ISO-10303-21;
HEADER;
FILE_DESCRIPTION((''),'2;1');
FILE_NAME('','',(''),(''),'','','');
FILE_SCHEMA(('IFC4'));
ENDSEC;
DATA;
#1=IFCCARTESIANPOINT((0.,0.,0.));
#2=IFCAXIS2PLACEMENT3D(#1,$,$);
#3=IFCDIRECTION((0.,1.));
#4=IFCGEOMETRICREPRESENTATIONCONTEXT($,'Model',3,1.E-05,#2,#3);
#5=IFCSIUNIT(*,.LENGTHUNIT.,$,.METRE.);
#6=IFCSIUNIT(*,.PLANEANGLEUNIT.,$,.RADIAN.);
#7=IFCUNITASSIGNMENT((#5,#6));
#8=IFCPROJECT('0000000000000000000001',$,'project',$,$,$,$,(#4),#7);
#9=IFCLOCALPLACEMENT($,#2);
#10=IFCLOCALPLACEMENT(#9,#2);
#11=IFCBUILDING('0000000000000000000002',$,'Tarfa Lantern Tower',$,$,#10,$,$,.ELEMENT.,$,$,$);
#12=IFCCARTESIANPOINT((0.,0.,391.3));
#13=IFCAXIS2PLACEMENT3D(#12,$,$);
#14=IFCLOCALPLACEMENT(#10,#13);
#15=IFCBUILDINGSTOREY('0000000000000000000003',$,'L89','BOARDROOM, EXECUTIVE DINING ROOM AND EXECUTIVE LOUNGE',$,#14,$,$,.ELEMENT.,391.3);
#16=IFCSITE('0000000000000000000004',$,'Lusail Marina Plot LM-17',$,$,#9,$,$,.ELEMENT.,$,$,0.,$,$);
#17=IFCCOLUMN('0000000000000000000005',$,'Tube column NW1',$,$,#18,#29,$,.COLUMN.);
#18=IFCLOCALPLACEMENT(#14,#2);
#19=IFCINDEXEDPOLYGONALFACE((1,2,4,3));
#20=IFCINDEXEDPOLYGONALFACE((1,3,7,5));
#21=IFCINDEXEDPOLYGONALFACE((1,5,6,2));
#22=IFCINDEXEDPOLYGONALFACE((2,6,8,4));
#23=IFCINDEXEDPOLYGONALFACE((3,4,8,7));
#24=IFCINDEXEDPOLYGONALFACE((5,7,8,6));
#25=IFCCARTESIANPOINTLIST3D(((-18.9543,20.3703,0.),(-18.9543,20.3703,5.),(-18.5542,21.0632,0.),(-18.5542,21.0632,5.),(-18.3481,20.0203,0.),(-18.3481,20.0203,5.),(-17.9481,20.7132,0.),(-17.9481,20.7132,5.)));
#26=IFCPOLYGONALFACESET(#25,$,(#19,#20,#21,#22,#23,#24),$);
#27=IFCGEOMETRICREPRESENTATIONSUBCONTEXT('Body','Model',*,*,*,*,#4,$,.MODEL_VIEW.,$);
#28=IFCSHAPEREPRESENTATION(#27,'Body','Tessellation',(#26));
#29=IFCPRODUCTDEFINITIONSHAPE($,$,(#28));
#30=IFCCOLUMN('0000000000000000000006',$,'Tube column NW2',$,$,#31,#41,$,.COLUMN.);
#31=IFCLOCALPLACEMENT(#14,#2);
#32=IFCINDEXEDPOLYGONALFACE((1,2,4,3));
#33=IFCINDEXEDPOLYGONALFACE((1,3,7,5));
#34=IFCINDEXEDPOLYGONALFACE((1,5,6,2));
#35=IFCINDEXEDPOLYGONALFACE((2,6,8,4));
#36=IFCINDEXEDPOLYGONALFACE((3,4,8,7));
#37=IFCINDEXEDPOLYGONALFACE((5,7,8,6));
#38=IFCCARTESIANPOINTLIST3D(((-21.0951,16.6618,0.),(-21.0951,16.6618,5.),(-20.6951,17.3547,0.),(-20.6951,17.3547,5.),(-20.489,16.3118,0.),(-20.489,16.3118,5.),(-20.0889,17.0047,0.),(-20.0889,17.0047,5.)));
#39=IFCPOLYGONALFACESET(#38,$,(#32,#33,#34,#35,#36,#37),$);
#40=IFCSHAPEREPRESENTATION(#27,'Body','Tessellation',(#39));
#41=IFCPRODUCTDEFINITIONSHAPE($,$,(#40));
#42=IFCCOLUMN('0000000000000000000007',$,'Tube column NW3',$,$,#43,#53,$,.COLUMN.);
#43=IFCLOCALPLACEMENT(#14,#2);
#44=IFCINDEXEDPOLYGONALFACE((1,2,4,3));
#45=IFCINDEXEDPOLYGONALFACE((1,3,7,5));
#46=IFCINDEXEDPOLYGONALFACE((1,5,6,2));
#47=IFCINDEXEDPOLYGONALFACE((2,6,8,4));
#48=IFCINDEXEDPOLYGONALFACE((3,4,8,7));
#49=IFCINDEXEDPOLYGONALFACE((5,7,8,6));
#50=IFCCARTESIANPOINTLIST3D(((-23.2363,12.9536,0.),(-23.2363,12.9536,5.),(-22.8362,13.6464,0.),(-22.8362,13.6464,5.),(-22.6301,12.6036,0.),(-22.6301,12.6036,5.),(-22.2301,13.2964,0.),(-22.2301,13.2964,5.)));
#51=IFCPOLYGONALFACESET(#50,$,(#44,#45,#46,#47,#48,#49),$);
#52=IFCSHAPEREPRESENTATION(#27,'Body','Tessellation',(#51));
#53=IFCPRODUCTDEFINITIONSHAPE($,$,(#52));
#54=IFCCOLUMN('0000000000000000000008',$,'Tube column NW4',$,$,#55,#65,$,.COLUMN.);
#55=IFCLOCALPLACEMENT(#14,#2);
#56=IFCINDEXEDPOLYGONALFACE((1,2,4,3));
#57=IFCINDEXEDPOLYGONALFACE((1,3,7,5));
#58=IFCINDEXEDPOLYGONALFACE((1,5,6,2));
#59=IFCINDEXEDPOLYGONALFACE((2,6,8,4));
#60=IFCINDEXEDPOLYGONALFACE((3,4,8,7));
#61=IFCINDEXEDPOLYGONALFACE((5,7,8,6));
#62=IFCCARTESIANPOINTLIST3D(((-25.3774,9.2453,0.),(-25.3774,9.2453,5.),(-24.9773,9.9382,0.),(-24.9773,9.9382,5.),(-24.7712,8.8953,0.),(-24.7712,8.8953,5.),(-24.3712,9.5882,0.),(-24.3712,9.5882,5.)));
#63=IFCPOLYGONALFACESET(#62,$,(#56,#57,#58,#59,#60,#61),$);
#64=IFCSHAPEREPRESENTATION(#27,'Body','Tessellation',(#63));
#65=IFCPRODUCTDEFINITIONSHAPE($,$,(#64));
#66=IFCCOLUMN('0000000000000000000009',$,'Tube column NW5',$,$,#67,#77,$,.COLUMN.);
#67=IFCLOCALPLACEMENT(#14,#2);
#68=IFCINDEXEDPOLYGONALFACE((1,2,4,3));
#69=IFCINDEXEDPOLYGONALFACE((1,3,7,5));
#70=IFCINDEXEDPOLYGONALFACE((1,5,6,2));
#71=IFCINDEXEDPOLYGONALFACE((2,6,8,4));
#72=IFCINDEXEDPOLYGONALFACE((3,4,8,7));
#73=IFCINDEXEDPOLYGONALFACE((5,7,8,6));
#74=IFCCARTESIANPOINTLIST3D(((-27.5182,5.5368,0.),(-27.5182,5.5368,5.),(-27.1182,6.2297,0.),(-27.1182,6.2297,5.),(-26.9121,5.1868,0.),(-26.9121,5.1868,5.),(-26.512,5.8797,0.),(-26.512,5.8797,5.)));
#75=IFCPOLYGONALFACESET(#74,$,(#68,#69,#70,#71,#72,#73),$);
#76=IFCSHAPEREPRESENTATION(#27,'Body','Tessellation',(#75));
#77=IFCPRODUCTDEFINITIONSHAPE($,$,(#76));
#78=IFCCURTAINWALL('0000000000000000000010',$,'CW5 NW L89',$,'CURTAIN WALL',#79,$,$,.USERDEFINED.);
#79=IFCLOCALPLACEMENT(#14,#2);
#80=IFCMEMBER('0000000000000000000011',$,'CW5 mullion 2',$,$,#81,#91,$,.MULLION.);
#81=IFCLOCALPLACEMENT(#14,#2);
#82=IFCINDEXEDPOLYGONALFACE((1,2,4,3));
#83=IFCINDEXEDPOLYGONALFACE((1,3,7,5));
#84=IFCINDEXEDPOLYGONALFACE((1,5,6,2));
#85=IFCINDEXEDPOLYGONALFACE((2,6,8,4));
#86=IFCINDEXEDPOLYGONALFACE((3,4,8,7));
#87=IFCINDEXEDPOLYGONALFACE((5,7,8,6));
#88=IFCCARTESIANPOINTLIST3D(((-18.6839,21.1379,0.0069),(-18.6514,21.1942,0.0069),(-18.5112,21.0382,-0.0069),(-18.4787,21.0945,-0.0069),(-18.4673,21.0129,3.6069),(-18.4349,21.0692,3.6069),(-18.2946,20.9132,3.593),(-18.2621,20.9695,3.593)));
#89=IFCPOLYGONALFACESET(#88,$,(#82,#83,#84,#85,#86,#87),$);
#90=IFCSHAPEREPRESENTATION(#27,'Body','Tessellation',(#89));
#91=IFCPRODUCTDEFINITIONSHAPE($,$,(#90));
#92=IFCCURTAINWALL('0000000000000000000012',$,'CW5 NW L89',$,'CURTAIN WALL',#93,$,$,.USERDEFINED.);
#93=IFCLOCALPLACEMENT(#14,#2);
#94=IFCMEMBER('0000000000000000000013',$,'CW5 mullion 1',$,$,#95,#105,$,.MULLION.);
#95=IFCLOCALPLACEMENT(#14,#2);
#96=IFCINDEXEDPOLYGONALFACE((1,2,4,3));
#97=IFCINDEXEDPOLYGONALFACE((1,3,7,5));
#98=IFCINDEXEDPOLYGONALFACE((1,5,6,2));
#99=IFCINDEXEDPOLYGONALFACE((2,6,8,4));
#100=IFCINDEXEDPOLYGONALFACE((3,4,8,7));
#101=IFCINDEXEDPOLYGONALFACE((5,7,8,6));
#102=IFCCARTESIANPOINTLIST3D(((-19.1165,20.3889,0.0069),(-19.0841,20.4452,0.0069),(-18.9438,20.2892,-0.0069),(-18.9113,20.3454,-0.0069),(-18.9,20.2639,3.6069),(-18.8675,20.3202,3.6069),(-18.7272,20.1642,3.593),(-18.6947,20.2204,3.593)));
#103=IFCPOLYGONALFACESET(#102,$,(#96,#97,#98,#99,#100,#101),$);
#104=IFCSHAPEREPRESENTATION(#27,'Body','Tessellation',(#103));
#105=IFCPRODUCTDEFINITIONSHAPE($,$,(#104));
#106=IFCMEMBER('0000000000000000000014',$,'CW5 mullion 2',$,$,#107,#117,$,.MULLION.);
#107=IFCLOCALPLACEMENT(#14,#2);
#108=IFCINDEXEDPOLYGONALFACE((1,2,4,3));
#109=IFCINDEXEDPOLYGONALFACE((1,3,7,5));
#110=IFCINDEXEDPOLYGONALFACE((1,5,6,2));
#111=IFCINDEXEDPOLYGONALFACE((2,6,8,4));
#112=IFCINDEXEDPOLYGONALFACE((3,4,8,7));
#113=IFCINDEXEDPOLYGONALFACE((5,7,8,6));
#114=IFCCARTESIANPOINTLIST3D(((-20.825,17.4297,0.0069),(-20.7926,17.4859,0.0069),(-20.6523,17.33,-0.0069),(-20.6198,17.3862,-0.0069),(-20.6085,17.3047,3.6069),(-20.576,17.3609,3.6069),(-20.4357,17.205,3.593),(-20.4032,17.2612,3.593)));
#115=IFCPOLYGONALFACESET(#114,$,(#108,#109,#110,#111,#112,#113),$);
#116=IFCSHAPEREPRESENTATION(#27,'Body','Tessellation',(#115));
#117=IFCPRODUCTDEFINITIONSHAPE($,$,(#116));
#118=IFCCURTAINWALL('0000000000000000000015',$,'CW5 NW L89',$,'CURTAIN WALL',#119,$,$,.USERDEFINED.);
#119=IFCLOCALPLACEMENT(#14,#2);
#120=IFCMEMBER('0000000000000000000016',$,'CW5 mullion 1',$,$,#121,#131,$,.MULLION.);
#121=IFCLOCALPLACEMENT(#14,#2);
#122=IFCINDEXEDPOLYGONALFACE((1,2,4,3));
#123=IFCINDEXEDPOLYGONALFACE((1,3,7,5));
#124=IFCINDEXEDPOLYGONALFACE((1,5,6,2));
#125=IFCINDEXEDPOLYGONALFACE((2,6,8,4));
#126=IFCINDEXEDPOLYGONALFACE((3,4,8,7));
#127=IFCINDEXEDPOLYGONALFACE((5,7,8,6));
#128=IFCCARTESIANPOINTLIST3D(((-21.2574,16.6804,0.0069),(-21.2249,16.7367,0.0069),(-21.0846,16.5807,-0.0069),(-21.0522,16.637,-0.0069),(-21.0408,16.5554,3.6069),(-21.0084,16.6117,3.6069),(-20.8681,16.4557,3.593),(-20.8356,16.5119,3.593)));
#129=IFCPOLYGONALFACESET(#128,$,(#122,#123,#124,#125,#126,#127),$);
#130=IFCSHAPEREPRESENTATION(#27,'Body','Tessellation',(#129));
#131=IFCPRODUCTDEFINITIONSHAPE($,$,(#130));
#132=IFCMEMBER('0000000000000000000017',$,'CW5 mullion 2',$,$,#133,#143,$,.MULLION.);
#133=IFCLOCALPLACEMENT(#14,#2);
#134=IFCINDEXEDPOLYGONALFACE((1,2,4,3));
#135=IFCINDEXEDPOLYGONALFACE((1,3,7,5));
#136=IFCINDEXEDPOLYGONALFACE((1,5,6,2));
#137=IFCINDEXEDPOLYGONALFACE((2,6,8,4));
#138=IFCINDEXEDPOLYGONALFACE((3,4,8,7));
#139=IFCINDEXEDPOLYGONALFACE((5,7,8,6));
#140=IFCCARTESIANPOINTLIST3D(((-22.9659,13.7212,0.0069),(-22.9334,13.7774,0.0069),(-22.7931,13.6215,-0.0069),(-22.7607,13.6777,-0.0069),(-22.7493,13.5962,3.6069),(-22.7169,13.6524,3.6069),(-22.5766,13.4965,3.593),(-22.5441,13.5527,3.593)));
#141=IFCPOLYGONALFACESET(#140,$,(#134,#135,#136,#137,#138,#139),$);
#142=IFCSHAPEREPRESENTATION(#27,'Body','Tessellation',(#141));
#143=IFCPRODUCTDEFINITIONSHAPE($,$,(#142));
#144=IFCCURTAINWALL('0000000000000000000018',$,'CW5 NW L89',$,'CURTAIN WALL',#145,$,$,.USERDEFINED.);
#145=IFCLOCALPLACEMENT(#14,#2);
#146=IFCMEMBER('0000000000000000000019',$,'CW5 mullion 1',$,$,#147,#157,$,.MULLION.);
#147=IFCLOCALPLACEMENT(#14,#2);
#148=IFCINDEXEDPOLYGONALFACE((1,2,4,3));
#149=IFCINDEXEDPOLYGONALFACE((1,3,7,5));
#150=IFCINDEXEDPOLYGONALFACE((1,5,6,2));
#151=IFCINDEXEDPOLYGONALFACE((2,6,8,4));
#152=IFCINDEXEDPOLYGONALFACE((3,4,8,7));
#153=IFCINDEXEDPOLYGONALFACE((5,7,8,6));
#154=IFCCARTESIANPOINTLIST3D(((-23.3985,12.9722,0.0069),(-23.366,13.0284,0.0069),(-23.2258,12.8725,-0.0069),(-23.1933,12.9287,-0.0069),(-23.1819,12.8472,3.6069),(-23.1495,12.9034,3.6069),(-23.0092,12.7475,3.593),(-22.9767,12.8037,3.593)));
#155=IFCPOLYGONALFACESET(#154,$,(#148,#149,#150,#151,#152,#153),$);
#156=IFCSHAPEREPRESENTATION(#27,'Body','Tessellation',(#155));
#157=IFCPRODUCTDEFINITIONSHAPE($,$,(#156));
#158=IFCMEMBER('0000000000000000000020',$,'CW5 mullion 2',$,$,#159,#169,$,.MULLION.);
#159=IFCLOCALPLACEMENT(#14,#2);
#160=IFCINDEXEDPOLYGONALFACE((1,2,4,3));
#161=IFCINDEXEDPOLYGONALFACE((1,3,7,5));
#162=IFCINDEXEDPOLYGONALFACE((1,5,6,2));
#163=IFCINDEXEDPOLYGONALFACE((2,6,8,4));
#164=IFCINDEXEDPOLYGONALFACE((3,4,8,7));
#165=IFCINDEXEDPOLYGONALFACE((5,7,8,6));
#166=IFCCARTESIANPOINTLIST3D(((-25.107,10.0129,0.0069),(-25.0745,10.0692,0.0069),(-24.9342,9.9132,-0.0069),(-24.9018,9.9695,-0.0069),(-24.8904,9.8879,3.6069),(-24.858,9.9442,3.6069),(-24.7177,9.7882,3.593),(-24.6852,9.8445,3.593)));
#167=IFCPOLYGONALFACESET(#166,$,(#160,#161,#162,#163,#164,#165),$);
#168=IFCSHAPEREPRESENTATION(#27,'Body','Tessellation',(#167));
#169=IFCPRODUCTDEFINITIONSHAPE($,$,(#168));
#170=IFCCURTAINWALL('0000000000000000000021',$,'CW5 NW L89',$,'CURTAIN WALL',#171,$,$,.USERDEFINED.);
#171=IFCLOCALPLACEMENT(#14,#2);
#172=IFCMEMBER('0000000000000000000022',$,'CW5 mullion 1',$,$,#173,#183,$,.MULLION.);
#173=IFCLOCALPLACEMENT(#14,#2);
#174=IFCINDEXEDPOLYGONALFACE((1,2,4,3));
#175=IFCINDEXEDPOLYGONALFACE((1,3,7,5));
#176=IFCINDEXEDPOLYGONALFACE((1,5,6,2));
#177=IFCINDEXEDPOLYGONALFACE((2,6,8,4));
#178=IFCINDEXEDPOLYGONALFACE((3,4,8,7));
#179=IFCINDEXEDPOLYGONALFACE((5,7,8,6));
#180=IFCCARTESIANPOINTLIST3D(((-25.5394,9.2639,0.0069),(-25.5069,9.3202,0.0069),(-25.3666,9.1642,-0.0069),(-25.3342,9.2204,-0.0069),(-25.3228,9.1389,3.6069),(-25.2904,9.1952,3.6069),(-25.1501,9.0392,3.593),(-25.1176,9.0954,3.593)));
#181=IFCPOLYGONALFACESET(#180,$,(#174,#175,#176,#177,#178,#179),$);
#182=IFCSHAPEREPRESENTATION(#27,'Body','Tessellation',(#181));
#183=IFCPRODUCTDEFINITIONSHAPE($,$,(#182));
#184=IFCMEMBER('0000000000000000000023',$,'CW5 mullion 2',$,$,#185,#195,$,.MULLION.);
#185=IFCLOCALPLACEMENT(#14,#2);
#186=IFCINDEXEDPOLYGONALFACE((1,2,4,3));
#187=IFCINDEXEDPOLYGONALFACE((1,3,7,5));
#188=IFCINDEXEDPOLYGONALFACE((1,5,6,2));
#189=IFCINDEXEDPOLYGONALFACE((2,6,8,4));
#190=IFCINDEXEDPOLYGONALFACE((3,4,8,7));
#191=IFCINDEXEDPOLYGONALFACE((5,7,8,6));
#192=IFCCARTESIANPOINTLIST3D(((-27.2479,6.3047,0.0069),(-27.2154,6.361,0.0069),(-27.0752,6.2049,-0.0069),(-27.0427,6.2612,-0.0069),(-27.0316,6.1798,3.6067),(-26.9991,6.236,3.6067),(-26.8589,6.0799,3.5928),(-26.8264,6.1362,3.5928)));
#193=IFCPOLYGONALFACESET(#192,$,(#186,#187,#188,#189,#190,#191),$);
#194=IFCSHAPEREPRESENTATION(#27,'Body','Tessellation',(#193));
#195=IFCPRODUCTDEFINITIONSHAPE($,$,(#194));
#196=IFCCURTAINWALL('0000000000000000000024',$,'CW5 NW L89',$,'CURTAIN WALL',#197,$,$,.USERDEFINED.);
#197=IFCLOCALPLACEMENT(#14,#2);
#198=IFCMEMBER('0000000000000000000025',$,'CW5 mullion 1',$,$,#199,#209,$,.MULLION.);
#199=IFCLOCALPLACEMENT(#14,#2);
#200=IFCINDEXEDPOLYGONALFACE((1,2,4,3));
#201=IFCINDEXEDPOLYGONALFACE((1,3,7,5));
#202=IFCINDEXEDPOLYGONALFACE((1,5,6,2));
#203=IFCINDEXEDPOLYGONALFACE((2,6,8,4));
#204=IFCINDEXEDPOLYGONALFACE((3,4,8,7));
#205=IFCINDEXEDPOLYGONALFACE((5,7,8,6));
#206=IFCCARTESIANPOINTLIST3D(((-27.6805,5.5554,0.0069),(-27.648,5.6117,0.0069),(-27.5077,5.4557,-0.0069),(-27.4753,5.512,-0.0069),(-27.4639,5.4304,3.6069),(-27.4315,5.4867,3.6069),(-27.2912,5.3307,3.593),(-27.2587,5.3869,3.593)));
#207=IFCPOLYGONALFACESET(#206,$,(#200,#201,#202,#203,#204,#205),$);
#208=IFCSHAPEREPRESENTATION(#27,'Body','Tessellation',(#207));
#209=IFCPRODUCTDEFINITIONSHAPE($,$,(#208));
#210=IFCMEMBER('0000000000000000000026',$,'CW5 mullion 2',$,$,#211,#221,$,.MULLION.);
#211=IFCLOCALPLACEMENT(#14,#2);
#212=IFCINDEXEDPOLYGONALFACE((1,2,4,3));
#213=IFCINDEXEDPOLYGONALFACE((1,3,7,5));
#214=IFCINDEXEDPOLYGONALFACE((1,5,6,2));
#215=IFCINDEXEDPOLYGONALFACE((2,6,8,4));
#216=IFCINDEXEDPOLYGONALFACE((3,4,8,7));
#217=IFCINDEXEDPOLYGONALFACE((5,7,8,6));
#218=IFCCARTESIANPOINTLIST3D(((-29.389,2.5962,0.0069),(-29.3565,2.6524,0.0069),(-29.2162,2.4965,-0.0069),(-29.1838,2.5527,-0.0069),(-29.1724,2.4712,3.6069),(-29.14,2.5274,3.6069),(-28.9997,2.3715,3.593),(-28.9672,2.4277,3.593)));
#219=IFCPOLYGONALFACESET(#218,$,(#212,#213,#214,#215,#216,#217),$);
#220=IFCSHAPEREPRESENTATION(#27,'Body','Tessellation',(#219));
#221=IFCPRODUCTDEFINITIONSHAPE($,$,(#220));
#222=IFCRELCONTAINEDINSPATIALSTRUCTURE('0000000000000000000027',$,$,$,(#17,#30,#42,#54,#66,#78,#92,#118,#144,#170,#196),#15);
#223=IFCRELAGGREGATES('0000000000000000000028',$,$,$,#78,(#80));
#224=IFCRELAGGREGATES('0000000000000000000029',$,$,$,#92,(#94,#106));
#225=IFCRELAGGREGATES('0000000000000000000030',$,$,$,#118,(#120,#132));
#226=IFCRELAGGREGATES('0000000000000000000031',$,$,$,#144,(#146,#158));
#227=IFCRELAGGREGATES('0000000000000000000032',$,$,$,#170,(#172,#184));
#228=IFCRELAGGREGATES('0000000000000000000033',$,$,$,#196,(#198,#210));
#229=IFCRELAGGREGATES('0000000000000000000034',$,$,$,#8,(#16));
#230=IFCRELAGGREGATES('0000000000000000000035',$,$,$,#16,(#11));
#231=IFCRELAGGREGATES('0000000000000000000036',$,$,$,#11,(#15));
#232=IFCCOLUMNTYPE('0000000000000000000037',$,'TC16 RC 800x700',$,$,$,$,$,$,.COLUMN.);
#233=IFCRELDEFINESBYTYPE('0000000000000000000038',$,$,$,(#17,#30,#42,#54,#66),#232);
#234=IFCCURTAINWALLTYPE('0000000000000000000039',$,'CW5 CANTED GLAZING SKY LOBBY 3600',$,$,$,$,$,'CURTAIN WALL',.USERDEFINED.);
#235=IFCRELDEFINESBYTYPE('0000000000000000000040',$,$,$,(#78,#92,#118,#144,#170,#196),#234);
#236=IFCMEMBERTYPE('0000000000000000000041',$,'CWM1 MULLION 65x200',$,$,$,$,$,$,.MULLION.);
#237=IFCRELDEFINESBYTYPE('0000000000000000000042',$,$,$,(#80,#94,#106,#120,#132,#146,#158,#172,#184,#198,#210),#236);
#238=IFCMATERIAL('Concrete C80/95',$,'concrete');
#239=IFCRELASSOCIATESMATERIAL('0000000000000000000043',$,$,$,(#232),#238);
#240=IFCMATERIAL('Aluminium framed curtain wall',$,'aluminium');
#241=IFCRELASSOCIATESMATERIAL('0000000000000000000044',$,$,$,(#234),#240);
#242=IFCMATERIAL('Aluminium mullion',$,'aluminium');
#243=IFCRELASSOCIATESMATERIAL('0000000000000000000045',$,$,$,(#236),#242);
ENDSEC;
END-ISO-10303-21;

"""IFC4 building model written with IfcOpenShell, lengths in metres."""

from ifc_helpers import new_model, si_unit, direction, frame, origin, origin_2d, place, context, subcontext, project, spatial, rectangle, extrude, material, material_profile, profile_set, type_object, element, aggregate, save


model = new_model("IFC4")

# Units and contexts
model_context = context("Model", 3, precision=1e-05, world=origin(), true_north=direction((0.0, 1.0)))
body_context = subcontext(model_context, "Body", "Model", "MODEL_VIEW")
ifc_project = project(units=[si_unit("LENGTHUNIT", "METRE"), si_unit("PLANEANGLEUNIT", "RADIAN")], contexts=[model_context])

# Site, building, storey
site_placement = place(None, origin())
site = spatial("IfcSite", under=ifc_project, at=site_placement, Name="Lusail Marina Plot LM-17", CompositionType="ELEMENT", RefElevation=0.0)
building_placement = place(site_placement, origin())
building = spatial("IfcBuilding", under=site, at=building_placement, Name="Tarfa Lantern Tower", CompositionType="ELEMENT")
storey_placement = place(building_placement, frame((0.0, 0.0, 391.3)))
storey = spatial("IfcBuildingStorey", under=building, at=storey_placement, Name="L89", Description="BOARDROOM, EXECUTIVE DINING ROOM AND EXECUTIVE LOUNGE", CompositionType="ELEMENT", Elevation=391.3)

# Columns
ifc_material_1 = material(Name="Concrete C80/95", Category="concrete")
ifc_material_profile_1 = material_profile(ifc_material_1, rectangle(XDim=0.8, YDim=0.7, at=origin_2d()), Name="RC 800x700")
ifc_profile_set_1 = profile_set([ifc_material_profile_1], Name="Concrete C80/95")
column_type = type_object("IfcColumnType", Name="TC16 RC 800x700", PredefinedType="COLUMN", material=ifc_profile_set_1)
for number, where, z_axis, x_axis, name in (
    (1, (-18.4512, 20.5417, 0.0), (0.0, 0.0, 1.0), (-0.5, -0.866025, 0.0), "Tube column NW1"),
    (2, (-20.592, 16.8333, 0.0), (0.0, 0.0, 1.0), (-0.5, -0.866025, 0.0), "Tube column NW2"),
    (3, (-22.7332, 13.125, 0.0), (0.0, 0.0, 1.0), (-0.5, -0.866025, 0.0), "Tube column NW3"),
    (4, (-24.8743, 9.4167, 0.0), (0.0, 0.0, 1.0), (-0.5, -0.866025, 0.0), "Tube column NW4"),
    (5, (-27.0151, 5.7083, 0.0), (0.0, 0.0, 1.0), (-0.5, -0.866025, 0.0), "Tube column NW5"),
):
    element("IfcColumn", number, at=place(storey_placement, frame(where, z_axis=z_axis, x_axis=x_axis)), inside=storey, type_object=column_type, Name=name, PredefinedType="COLUMN", context=body_context, shape_type="SweptSolid", body=[
        extrude(rectangle(XDim=0.8, YDim=0.7, at=origin_2d()), origin(), (0.0, 0.0, 1.0), 5.0),
    ])

# Curtain wall, member
ifc_material_2 = material(Name="Aluminium framed curtain wall", Category="aluminium")
curtain_wall_type = type_object("IfcCurtainWallType", Name="CW5 CANTED GLAZING SKY LOBBY 3600", ElementType="CURTAIN WALL", PredefinedType="USERDEFINED", material=ifc_material_2)
curtain_wall_1_placement = place(storey_placement, origin())
curtain_wall_1 = element("IfcCurtainWall", 6, at=curtain_wall_1_placement, inside=storey, type_object=curtain_wall_type, Name="CW5 NW L89", ObjectType="CURTAIN WALL", PredefinedType="USERDEFINED")
ifc_material_3 = material(Name="Aluminium mullion", Category="aluminium")
ifc_material_profile_2 = material_profile(ifc_material_3, rectangle(XDim=0.0649, YDim=0.2, at=origin_2d()), Name="AL MULLION 65x200")
ifc_profile_set_2 = profile_set([ifc_material_profile_2], Name="Aluminium mullion")
member_type_1 = type_object("IfcMemberType", Name="CWM1 MULLION 65x200", PredefinedType="MULLION", material=ifc_profile_set_2)
member_1_placement = place(storey_placement, frame((-18.5813, 21.1162, 0.0), z_axis=(0.060011, -0.03464, 0.997596), x_axis=(0.49992, 0.866072, 0.0)))
member_1 = element("IfcMember", 7, at=member_1_placement, type_object=member_type_1, Name="CW5 mullion 2", PredefinedType="MULLION", context=body_context, shape_type="SweptSolid", body=[
    extrude(rectangle(XDim=0.0649, YDim=0.2, at=origin_2d()), origin(), (0.0, 0.0, 1.0), 3.6086),
])

# Curtain walls, members
curtain_wall_2_placement = place(storey_placement, origin())
curtain_wall_2 = element("IfcCurtainWall", 8, at=curtain_wall_2_placement, inside=storey, type_object=curtain_wall_type, Name="CW5 NW L89", ObjectType="CURTAIN WALL", PredefinedType="USERDEFINED")
member_2_placement = place(storey_placement, frame((-19.0139, 20.3672, 0.0), z_axis=(0.060011, -0.03464, 0.997596), x_axis=(0.49992, 0.866072, 0.0)))
member_2 = element("IfcMember", 9, at=member_2_placement, type_object=member_type_1, Name="CW5 mullion 1", PredefinedType="MULLION", context=body_context, shape_type="SweptSolid", body=[
    extrude(rectangle(XDim=0.0649, YDim=0.2, at=origin_2d()), origin(), (0.0, 0.0, 1.0), 3.6086),
])
member_3_placement = place(storey_placement, frame((-20.7224, 17.408, 0.0), z_axis=(0.060011, -0.03464, 0.997596), x_axis=(0.49992, 0.866072, 0.0)))
member_3 = element("IfcMember", 10, at=member_3_placement, type_object=member_type_1, Name="CW5 mullion 2", PredefinedType="MULLION", context=body_context, shape_type="SweptSolid", body=[
    extrude(rectangle(XDim=0.0649, YDim=0.2, at=origin_2d()), origin(), (0.0, 0.0, 1.0), 3.6086),
])
curtain_wall_3_placement = place(storey_placement, origin())
curtain_wall_3 = element("IfcCurtainWall", 11, at=curtain_wall_3_placement, inside=storey, type_object=curtain_wall_type, Name="CW5 NW L89", ObjectType="CURTAIN WALL", PredefinedType="USERDEFINED")
member_4_placement = place(storey_placement, frame((-21.1548, 16.6587, 0.0), z_axis=(0.060011, -0.03464, 0.997596), x_axis=(0.49992, 0.866072, 0.0)))
member_4 = element("IfcMember", 12, at=member_4_placement, type_object=member_type_1, Name="CW5 mullion 1", PredefinedType="MULLION", context=body_context, shape_type="SweptSolid", body=[
    extrude(rectangle(XDim=0.0649, YDim=0.2, at=origin_2d()), origin(), (0.0, 0.0, 1.0), 3.6086),
])
member_5_placement = place(storey_placement, frame((-22.8633, 13.6995, 0.0), z_axis=(0.060011, -0.03464, 0.997596), x_axis=(0.49992, 0.866072, 0.0)))
member_5 = element("IfcMember", 13, at=member_5_placement, type_object=member_type_1, Name="CW5 mullion 2", PredefinedType="MULLION", context=body_context, shape_type="SweptSolid", body=[
    extrude(rectangle(XDim=0.0649, YDim=0.2, at=origin_2d()), origin(), (0.0, 0.0, 1.0), 3.6086),
])
curtain_wall_4_placement = place(storey_placement, origin())
curtain_wall_4 = element("IfcCurtainWall", 14, at=curtain_wall_4_placement, inside=storey, type_object=curtain_wall_type, Name="CW5 NW L89", ObjectType="CURTAIN WALL", PredefinedType="USERDEFINED")
member_6_placement = place(storey_placement, frame((-23.2959, 12.9504, 0.0), z_axis=(0.060011, -0.03464, 0.997596), x_axis=(0.49992, 0.866072, 0.0)))
member_6 = element("IfcMember", 15, at=member_6_placement, type_object=member_type_1, Name="CW5 mullion 1", PredefinedType="MULLION", context=body_context, shape_type="SweptSolid", body=[
    extrude(rectangle(XDim=0.0649, YDim=0.2, at=origin_2d()), origin(), (0.0, 0.0, 1.0), 3.6086),
])
member_7_placement = place(storey_placement, frame((-25.0044, 9.9912, 0.0), z_axis=(0.060011, -0.03464, 0.997596), x_axis=(0.49992, 0.866072, 0.0)))
member_7 = element("IfcMember", 16, at=member_7_placement, type_object=member_type_1, Name="CW5 mullion 2", PredefinedType="MULLION", context=body_context, shape_type="SweptSolid", body=[
    extrude(rectangle(XDim=0.0649, YDim=0.2, at=origin_2d()), origin(), (0.0, 0.0, 1.0), 3.6086),
])
curtain_wall_5_placement = place(storey_placement, origin())
curtain_wall_5 = element("IfcCurtainWall", 17, at=curtain_wall_5_placement, inside=storey, type_object=curtain_wall_type, Name="CW5 NW L89", ObjectType="CURTAIN WALL", PredefinedType="USERDEFINED")
member_8_placement = place(storey_placement, frame((-25.4368, 9.2422, 0.0), z_axis=(0.060011, -0.03464, 0.997596), x_axis=(0.49992, 0.866072, 0.0)))
member_8 = element("IfcMember", 18, at=member_8_placement, type_object=member_type_1, Name="CW5 mullion 1", PredefinedType="MULLION", context=body_context, shape_type="SweptSolid", body=[
    extrude(rectangle(XDim=0.0649, YDim=0.2, at=origin_2d()), origin(), (0.0, 0.0, 1.0), 3.6086),
])
member_9_placement = place(storey_placement, frame((-27.1453, 6.283, 0.0), z_axis=(0.059944, -0.03464, 0.997601), x_axis=(0.500343, 0.865827, 0.0)))
member_9 = element("IfcMember", 19, at=member_9_placement, type_object=member_type_1, Name="CW5 mullion 2", PredefinedType="MULLION", context=body_context, shape_type="SweptSolid", body=[
    extrude(rectangle(XDim=0.0649, YDim=0.2, at=origin_2d()), origin(), (0.0, 0.0, 1.0), 3.6084),
])
curtain_wall_6_placement = place(storey_placement, origin())
curtain_wall_6 = element("IfcCurtainWall", 20, at=curtain_wall_6_placement, inside=storey, type_object=curtain_wall_type, Name="CW5 NW L89", ObjectType="CURTAIN WALL", PredefinedType="USERDEFINED")
member_10_placement = place(storey_placement, frame((-27.5779, 5.5337, 0.0), z_axis=(0.060011, -0.03464, 0.997596), x_axis=(0.49992, 0.866072, 0.0)))
member_10 = element("IfcMember", 21, at=member_10_placement, type_object=member_type_1, Name="CW5 mullion 1", PredefinedType="MULLION", context=body_context, shape_type="SweptSolid", body=[
    extrude(rectangle(XDim=0.0649, YDim=0.2, at=origin_2d()), origin(), (0.0, 0.0, 1.0), 3.6086),
])
member_11_placement = place(storey_placement, frame((-29.2864, 2.5745, 0.0), z_axis=(0.060011, -0.03464, 0.997596), x_axis=(0.49992, 0.866072, 0.0)))
member_11 = element("IfcMember", 22, at=member_11_placement, type_object=member_type_1, Name="CW5 mullion 2", PredefinedType="MULLION", context=body_context, shape_type="SweptSolid", body=[
    extrude(rectangle(XDim=0.0649, YDim=0.2, at=origin_2d()), origin(), (0.0, 0.0, 1.0), 3.6086),
])

aggregate(curtain_wall_1, [member_1])
aggregate(curtain_wall_2, [member_2, member_3])
aggregate(curtain_wall_3, [member_4, member_5])
aggregate(curtain_wall_4, [member_6, member_7])
aggregate(curtain_wall_5, [member_8, member_9])
aggregate(curtain_wall_6, [member_10, member_11])

save(model, "model.ifc")
